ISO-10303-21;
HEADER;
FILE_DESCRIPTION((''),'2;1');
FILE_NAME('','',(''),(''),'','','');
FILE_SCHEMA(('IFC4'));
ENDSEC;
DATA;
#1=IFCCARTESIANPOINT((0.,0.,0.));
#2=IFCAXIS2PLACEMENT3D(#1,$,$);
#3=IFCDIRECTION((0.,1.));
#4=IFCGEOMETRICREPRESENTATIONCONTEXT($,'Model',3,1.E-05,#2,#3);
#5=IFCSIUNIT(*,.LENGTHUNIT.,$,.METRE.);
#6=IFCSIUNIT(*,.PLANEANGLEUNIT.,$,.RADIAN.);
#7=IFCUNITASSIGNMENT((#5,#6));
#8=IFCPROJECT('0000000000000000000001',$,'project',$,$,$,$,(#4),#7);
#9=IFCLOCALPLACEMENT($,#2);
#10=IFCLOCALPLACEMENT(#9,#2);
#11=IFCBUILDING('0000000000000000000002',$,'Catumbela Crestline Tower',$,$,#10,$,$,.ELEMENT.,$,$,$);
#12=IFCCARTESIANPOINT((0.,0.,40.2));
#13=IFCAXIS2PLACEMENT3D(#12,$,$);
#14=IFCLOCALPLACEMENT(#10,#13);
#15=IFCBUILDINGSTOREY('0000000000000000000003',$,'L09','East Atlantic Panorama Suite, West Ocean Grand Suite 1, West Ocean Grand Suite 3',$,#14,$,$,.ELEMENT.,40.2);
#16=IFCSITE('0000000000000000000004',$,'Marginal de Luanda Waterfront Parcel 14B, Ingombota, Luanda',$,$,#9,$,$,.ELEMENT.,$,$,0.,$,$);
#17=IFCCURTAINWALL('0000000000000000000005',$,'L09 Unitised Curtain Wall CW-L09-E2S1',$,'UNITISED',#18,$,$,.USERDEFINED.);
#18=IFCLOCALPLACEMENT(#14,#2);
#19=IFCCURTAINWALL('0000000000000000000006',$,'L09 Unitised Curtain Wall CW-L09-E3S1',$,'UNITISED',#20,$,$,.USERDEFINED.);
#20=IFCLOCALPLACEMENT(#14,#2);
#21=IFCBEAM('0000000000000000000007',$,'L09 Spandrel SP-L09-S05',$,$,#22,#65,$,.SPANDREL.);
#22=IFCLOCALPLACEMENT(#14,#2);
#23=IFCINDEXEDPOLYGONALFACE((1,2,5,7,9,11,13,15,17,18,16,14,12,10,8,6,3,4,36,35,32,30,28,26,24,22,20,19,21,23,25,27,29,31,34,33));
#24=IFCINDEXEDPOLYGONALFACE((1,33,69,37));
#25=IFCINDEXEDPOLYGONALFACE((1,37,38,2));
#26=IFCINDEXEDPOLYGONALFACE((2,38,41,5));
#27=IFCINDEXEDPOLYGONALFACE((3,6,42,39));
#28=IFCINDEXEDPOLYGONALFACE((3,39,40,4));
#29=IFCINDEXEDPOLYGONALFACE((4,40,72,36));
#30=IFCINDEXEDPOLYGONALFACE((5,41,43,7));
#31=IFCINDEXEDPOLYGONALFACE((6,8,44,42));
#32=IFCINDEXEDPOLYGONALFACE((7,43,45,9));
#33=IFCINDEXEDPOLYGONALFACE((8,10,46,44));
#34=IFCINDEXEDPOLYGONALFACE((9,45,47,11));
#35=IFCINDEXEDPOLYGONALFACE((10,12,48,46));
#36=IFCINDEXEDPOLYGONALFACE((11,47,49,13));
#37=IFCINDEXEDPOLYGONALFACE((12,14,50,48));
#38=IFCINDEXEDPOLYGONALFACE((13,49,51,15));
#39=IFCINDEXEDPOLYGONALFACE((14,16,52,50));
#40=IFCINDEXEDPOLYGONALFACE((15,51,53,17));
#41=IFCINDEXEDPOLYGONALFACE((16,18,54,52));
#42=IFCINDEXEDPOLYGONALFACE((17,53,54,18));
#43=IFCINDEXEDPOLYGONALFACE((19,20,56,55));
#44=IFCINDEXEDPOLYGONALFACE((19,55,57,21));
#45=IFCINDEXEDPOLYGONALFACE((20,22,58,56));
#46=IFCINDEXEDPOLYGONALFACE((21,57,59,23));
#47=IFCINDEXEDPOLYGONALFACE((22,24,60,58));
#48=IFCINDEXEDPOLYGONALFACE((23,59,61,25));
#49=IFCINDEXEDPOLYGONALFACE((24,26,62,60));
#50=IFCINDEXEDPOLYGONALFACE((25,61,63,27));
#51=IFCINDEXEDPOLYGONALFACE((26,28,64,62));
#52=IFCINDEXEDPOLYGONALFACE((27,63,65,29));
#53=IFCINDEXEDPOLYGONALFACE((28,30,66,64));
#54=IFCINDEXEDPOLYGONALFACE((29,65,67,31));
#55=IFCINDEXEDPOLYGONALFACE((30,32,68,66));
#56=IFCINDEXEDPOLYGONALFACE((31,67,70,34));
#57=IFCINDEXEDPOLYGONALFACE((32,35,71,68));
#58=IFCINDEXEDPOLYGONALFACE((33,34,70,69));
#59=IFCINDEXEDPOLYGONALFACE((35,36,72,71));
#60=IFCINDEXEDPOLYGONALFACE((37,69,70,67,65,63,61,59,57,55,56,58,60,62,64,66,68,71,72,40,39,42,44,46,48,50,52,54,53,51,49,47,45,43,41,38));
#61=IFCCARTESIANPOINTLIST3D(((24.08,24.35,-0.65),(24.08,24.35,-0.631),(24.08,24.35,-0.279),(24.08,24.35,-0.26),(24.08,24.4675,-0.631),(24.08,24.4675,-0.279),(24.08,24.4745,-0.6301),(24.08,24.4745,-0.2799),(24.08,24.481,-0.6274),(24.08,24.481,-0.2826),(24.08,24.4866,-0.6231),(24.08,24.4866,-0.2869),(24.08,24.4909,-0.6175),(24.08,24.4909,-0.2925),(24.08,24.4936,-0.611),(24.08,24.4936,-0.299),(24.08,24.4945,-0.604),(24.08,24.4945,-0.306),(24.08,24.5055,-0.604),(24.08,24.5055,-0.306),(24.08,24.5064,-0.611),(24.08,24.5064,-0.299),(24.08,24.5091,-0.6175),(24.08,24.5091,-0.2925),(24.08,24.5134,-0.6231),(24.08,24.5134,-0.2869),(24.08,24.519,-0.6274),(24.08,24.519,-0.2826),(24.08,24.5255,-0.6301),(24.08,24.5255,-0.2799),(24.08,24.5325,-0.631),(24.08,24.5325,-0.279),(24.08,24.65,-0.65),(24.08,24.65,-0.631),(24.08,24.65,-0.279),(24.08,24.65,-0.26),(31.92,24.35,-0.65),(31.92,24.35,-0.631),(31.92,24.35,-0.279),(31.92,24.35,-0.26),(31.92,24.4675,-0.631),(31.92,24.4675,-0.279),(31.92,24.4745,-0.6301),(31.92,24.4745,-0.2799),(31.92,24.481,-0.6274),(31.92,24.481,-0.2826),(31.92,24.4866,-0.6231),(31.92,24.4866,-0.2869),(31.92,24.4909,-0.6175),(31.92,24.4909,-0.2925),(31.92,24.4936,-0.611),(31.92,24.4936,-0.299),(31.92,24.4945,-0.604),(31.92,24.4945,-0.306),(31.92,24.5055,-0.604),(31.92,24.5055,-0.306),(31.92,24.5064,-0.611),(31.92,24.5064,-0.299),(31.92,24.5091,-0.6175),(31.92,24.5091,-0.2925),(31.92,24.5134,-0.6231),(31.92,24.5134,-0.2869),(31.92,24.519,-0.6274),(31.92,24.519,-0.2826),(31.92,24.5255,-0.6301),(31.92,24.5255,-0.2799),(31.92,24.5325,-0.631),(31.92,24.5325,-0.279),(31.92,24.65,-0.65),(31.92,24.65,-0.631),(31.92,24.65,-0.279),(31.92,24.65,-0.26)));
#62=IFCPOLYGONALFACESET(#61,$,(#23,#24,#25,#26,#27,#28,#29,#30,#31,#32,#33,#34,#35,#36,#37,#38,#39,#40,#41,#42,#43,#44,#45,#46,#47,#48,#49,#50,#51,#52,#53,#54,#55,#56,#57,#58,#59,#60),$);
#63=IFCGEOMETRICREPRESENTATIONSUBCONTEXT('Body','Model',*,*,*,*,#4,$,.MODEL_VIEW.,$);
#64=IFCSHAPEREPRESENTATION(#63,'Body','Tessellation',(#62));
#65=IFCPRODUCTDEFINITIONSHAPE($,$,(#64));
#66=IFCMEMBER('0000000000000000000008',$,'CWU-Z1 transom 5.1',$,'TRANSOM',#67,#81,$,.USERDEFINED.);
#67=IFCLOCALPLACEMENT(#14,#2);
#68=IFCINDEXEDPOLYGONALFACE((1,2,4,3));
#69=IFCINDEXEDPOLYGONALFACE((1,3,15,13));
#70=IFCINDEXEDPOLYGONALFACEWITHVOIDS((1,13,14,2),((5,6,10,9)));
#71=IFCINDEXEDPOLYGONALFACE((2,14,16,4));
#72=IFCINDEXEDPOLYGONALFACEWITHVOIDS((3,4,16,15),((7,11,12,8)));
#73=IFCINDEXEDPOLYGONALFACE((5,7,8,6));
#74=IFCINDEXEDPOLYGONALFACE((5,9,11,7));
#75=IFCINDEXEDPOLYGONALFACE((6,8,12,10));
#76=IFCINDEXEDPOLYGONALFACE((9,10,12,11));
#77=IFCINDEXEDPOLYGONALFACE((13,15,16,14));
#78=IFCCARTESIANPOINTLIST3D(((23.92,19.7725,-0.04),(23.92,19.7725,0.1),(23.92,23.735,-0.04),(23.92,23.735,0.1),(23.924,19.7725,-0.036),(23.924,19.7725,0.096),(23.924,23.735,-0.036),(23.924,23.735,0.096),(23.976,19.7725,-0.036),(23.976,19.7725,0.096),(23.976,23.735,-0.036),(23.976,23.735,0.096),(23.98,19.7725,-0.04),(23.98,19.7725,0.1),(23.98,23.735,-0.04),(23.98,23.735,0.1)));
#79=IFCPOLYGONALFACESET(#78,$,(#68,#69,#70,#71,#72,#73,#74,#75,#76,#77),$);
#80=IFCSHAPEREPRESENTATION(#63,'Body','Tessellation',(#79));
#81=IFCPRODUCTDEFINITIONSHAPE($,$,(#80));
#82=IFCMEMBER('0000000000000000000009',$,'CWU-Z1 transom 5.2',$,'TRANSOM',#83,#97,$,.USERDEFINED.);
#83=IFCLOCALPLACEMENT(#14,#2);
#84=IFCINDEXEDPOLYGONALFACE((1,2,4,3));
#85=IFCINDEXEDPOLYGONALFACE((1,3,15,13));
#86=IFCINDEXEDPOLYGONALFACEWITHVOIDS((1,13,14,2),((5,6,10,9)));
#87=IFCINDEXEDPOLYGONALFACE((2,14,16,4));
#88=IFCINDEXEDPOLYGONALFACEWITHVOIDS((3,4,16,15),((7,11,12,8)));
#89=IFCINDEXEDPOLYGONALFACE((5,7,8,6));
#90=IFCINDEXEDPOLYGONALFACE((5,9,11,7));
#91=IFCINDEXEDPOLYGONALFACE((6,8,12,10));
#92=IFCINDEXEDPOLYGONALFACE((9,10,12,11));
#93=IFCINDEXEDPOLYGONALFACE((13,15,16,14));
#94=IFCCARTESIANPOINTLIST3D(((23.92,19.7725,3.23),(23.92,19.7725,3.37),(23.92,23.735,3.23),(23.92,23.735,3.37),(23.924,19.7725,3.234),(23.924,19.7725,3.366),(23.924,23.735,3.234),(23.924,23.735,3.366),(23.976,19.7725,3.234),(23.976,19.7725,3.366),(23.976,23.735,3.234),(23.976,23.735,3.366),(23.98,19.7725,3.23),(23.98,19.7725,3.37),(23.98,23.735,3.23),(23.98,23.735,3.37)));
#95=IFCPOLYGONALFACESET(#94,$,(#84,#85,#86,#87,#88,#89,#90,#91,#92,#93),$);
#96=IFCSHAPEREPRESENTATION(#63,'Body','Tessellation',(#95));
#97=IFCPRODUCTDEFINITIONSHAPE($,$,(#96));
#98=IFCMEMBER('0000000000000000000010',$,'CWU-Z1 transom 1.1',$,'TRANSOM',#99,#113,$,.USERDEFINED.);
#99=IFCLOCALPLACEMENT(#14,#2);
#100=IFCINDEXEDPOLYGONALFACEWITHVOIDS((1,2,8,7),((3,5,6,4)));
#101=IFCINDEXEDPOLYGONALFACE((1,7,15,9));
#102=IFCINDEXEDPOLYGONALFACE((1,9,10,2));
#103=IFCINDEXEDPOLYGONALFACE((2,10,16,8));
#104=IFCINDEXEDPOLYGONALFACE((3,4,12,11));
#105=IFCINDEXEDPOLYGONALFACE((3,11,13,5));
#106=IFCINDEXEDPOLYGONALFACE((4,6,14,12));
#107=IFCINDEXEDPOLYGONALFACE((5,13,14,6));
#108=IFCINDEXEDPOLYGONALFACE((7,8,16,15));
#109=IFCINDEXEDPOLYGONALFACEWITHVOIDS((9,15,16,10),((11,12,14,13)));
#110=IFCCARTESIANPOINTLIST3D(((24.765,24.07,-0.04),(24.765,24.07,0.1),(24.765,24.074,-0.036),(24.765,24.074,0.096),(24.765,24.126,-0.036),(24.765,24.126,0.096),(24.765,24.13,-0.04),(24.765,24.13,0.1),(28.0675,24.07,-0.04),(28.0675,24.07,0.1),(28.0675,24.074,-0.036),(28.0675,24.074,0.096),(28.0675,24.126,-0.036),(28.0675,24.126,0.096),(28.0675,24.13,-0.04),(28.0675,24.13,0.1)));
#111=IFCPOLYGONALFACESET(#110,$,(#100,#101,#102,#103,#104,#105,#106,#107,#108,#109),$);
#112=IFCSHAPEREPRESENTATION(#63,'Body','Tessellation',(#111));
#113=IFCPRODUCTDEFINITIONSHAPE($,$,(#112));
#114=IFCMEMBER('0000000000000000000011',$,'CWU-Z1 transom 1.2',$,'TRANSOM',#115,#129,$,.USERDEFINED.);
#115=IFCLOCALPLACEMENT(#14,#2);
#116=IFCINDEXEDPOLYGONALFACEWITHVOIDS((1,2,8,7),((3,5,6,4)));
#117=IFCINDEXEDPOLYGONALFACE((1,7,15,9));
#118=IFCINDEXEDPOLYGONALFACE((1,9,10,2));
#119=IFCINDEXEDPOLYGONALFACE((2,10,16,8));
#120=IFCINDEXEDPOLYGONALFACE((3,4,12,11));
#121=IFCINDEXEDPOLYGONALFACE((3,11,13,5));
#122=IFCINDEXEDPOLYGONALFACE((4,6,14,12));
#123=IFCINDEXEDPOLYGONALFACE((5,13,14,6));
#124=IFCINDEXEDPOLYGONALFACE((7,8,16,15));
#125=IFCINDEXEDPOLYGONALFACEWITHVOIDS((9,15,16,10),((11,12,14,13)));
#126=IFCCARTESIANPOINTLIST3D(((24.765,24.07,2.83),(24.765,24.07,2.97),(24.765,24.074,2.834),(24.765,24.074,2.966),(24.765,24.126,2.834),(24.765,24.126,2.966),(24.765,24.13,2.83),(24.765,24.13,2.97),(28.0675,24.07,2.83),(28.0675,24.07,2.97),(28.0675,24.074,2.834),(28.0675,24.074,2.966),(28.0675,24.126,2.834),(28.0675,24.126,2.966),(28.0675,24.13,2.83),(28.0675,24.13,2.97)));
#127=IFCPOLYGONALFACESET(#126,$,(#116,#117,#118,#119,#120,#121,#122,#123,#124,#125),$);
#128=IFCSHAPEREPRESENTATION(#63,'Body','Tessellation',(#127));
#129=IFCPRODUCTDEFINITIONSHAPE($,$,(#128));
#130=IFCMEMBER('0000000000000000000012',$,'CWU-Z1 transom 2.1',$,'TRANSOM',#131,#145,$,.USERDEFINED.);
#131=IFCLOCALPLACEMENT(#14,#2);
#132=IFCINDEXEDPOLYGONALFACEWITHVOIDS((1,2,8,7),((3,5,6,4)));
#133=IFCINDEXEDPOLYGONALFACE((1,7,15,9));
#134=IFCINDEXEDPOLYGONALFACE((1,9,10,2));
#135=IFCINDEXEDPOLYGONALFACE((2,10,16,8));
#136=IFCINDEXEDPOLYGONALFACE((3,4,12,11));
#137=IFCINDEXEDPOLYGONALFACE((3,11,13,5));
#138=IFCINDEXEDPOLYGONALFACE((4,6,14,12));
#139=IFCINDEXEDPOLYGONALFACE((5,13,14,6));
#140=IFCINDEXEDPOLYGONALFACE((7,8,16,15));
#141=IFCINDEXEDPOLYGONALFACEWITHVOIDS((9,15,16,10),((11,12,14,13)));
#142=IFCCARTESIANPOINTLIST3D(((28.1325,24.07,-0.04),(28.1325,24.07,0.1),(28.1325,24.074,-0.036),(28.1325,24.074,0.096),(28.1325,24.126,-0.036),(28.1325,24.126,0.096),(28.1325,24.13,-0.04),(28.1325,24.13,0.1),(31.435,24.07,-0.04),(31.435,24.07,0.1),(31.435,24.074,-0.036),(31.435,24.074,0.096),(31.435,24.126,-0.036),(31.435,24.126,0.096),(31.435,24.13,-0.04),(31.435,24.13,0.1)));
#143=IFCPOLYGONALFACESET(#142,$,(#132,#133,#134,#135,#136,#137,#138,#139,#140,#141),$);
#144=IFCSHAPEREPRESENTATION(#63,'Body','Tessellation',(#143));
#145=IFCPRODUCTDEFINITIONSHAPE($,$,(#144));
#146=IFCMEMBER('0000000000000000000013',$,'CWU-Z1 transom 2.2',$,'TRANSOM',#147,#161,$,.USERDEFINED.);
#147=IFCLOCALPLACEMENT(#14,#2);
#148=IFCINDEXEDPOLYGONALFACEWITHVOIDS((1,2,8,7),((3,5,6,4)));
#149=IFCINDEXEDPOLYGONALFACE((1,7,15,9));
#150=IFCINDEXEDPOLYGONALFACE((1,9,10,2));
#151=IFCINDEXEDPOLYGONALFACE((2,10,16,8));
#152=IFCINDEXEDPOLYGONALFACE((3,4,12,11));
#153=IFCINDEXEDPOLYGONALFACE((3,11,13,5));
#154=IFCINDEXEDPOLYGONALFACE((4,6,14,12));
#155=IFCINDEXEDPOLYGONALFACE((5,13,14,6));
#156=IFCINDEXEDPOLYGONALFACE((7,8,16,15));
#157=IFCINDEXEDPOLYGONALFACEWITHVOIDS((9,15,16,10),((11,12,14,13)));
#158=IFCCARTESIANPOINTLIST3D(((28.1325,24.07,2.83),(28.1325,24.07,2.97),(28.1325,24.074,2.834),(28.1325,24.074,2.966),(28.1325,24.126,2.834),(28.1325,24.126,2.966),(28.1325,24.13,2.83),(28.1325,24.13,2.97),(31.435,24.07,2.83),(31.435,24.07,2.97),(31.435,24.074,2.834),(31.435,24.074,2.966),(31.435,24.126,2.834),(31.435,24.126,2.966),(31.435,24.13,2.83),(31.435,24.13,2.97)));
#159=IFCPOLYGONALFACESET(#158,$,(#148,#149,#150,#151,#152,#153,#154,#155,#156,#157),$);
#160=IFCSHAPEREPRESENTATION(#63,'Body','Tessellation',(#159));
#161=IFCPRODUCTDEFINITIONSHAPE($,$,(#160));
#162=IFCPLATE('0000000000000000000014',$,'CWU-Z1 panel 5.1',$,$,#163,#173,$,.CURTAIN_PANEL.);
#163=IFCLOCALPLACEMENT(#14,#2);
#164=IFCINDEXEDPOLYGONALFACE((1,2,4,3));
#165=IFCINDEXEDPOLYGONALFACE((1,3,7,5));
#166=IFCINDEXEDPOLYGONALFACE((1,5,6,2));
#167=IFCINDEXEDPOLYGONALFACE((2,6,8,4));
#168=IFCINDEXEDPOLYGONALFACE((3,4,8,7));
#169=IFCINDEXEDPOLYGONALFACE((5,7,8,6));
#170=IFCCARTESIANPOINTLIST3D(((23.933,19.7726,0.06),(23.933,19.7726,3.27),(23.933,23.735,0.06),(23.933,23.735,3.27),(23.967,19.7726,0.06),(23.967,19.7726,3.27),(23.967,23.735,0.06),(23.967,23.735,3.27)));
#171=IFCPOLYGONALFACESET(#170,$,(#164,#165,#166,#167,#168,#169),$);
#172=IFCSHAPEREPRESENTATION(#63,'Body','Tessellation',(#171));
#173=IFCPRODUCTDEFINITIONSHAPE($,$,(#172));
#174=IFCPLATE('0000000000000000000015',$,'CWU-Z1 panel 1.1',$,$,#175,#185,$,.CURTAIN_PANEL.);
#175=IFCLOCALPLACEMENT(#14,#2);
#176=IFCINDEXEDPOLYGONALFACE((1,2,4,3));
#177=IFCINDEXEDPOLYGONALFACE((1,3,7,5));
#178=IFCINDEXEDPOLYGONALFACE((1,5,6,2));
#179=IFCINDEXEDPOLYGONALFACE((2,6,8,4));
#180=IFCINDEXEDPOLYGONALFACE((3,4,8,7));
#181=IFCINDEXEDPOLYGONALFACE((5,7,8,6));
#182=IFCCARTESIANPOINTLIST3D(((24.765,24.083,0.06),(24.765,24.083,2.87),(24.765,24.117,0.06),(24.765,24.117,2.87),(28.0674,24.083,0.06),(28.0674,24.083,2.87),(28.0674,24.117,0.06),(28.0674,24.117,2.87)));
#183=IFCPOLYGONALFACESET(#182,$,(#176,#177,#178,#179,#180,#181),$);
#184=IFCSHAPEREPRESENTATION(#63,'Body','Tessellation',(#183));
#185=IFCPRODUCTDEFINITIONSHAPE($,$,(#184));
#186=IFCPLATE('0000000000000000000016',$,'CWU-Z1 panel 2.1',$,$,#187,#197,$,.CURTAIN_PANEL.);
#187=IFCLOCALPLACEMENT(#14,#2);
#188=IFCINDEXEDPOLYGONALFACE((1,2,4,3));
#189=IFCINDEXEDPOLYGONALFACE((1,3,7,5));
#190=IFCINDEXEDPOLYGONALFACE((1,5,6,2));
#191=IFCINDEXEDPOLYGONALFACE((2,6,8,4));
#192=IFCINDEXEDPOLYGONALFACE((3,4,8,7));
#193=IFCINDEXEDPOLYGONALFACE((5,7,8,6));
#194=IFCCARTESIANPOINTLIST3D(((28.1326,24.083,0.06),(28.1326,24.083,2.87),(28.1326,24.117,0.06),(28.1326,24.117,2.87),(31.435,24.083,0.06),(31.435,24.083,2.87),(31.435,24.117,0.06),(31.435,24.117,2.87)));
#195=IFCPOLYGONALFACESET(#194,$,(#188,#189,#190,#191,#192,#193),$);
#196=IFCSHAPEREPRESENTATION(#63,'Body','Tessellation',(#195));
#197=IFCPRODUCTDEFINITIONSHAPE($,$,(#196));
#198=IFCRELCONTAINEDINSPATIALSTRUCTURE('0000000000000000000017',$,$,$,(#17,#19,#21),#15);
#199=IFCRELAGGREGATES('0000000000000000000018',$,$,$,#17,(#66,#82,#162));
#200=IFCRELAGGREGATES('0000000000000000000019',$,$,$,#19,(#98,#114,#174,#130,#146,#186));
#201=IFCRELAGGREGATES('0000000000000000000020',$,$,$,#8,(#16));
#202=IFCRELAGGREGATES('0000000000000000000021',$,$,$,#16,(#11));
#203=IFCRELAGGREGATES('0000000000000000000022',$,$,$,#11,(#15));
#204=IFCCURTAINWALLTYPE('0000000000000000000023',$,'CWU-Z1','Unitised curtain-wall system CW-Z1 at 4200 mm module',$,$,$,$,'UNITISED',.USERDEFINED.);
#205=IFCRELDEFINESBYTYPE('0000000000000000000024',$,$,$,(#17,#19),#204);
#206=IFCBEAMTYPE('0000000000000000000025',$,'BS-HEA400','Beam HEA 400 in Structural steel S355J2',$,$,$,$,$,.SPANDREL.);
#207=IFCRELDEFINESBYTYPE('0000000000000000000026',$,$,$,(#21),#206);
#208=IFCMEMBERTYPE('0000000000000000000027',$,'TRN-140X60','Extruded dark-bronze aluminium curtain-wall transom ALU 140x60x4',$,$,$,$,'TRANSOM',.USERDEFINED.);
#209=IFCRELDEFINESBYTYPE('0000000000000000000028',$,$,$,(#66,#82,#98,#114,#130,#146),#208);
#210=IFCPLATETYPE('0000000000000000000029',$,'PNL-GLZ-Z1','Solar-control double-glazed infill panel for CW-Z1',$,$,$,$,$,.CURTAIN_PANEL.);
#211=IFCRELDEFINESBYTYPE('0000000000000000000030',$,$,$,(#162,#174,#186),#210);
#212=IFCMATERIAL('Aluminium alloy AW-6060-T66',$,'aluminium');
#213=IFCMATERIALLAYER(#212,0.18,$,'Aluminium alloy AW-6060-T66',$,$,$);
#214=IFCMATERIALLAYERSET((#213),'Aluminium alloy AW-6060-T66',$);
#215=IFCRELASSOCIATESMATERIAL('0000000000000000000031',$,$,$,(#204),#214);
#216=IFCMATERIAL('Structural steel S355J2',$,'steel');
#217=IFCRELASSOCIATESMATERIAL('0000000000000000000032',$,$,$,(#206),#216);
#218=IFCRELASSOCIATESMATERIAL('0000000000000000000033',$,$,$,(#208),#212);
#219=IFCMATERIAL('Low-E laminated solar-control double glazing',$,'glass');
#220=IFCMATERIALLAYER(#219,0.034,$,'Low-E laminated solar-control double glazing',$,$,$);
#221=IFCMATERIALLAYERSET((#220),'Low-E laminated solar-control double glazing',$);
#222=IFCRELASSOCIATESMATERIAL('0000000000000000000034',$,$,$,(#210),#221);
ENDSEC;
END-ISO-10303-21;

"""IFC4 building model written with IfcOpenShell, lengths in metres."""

from ifc_helpers import new_model, si_unit, direction, frame, origin, origin_2d, place, context, subcontext, project, spatial, rectangle, hollow_rectangle, i_section, extrude, material, layer, layer_set, material_profile, profile_set, type_object, element, aggregate, save


model = new_model("IFC4")

# Units and contexts
model_context = context("Model", 3, precision=1e-05, world=origin(), true_north=direction((0.0, 1.0)))
body_context = subcontext(model_context, "Body", "Model", "MODEL_VIEW")
ifc_project = project(units=[si_unit("LENGTHUNIT", "METRE"), si_unit("PLANEANGLEUNIT", "RADIAN")], contexts=[model_context])

# Site, building, storey
site_placement = place(None, origin())
site = spatial("IfcSite", under=ifc_project, at=site_placement, Name="Marginal de Luanda Waterfront Parcel 14B, Ingombota, Luanda", CompositionType="ELEMENT", RefElevation=0.0)
building_placement = place(site_placement, origin())
building = spatial("IfcBuilding", under=site, at=building_placement, Name="Catumbela Crestline Tower", CompositionType="ELEMENT")
storey_placement = place(building_placement, frame((0.0, 0.0, 40.2)))
storey = spatial("IfcBuildingStorey", under=building, at=storey_placement, Name="L09", Description="East Atlantic Panorama Suite, West Ocean Grand Suite 1, West Ocean Grand Suite 3", CompositionType="ELEMENT", Elevation=40.2)

# Shared definitions
ifc_material_1 = material(Name="Structural steel S355J2", Category="steel")

# Curtain walls
ifc_material_2 = material(Name="Aluminium alloy AW-6060-T66", Category="aluminium")
ifc_layer_1 = layer(ifc_material_2, 0.18, Name="Aluminium alloy AW-6060-T66")
ifc_layer_set_1 = layer_set([ifc_layer_1], Name="Aluminium alloy AW-6060-T66")
curtain_wall_type = type_object("IfcCurtainWallType", Name="CWU-Z1", Description="Unitised curtain-wall system CW-Z1 at 4200 mm module", ElementType="UNITISED", PredefinedType="USERDEFINED", material=ifc_layer_set_1)
curtain_wall_1_placement = place(storey_placement, origin())
curtain_wall_1 = element("IfcCurtainWall", 1, at=curtain_wall_1_placement, inside=storey, type_object=curtain_wall_type, Name="L09 Unitised Curtain Wall CW-L09-E2S1", ObjectType="UNITISED", PredefinedType="USERDEFINED")
curtain_wall_2_placement = place(storey_placement, origin())
curtain_wall_2 = element("IfcCurtainWall", 2, at=curtain_wall_2_placement, inside=storey, type_object=curtain_wall_type, Name="L09 Unitised Curtain Wall CW-L09-E3S1", ObjectType="UNITISED", PredefinedType="USERDEFINED")

# Beam
ifc_material_profile_1 = material_profile(ifc_material_1, i_section(OverallWidth=0.3, OverallDepth=0.39, WebThickness=0.011, FlangeThickness=0.019, FilletRadius=0.027, at=origin_2d()), Name="HEA 400")
ifc_profile_set_1 = profile_set([ifc_material_profile_1], Name="Structural steel S355J2")
beam_type_1 = type_object("IfcBeamType", Name="BS-HEA400", Description="Beam HEA 400 in Structural steel S355J2", PredefinedType="SPANDREL", material=ifc_profile_set_1)
beam_1_placement = place(storey_placement, frame((24.08, 24.5, -0.455), z_axis=(1.0, 0.0, 0.0), x_axis=(0.0, 1.0, 0.0)))
element("IfcBeam", 3, at=beam_1_placement, inside=storey, type_object=beam_type_1, Name="L09 Spandrel SP-L09-S05", PredefinedType="SPANDREL", context=body_context, shape_type="SweptSolid", body=[
    extrude(i_section(OverallWidth=0.3, OverallDepth=0.39, WebThickness=0.011, FlangeThickness=0.019, FilletRadius=0.027, at=origin_2d()), origin(), (0.0, 0.0, 1.0), 7.84),
])

# Members
ifc_material_profile_2 = material_profile(ifc_material_2, hollow_rectangle(XDim=0.06, YDim=0.14, WallThickness=0.004, at=origin_2d()), Name="ALU 140x60x4")
ifc_profile_set_2 = profile_set([ifc_material_profile_2], Name="Aluminium alloy AW-6060-T66")
member_type_1 = type_object("IfcMemberType", Name="TRN-140X60", Description="Extruded dark-bronze aluminium curtain-wall transom ALU 140x60x4", ElementType="TRANSOM", PredefinedType="USERDEFINED", material=ifc_profile_set_2)
member_1_placement = place(storey_placement, frame((23.95, 19.7725, 0.03), z_axis=(0.0, 1.0, 0.0), x_axis=(-1.0, 0.0, 0.0)))
member_1 = element("IfcMember", 4, at=member_1_placement, type_object=member_type_1, Name="CWU-Z1 transom 5.1", ObjectType="TRANSOM", PredefinedType="USERDEFINED", context=body_context, shape_type="SweptSolid", body=[
    extrude(hollow_rectangle(XDim=0.06, YDim=0.14, WallThickness=0.004, at=origin_2d()), origin(), (0.0, 0.0, 1.0), 3.9625),
])
member_2_placement = place(storey_placement, frame((23.95, 19.7725, 3.3), z_axis=(0.0, 1.0, 0.0), x_axis=(-1.0, 0.0, 0.0)))
member_2 = element("IfcMember", 5, at=member_2_placement, type_object=member_type_1, Name="CWU-Z1 transom 5.2", ObjectType="TRANSOM", PredefinedType="USERDEFINED", context=body_context, shape_type="SweptSolid", body=[
    extrude(hollow_rectangle(XDim=0.06, YDim=0.14, WallThickness=0.004, at=origin_2d()), origin(), (0.0, 0.0, 1.0), 3.9625),
])
member_3_placement = place(storey_placement, frame((24.765, 24.1, 0.03), z_axis=(1.0, 0.0, 0.0), x_axis=(0.0, 1.0, 0.0)))
member_3 = element("IfcMember", 6, at=member_3_placement, type_object=member_type_1, Name="CWU-Z1 transom 1.1", ObjectType="TRANSOM", PredefinedType="USERDEFINED", context=body_context, shape_type="SweptSolid", body=[
    extrude(hollow_rectangle(XDim=0.06, YDim=0.14, WallThickness=0.004, at=origin_2d()), origin(), (0.0, 0.0, 1.0), 3.3025),
])
member_4_placement = place(storey_placement, frame((24.765, 24.1, 2.9), z_axis=(1.0, 0.0, 0.0), x_axis=(0.0, 1.0, 0.0)))
member_4 = element("IfcMember", 7, at=member_4_placement, type_object=member_type_1, Name="CWU-Z1 transom 1.2", ObjectType="TRANSOM", PredefinedType="USERDEFINED", context=body_context, shape_type="SweptSolid", body=[
    extrude(hollow_rectangle(XDim=0.06, YDim=0.14, WallThickness=0.004, at=origin_2d()), origin(), (0.0, 0.0, 1.0), 3.3025),
])
member_5_placement = place(storey_placement, frame((28.1325, 24.1, 0.03), z_axis=(1.0, 0.0, 0.0), x_axis=(0.0, 1.0, 0.0)))
member_5 = element("IfcMember", 8, at=member_5_placement, type_object=member_type_1, Name="CWU-Z1 transom 2.1", ObjectType="TRANSOM", PredefinedType="USERDEFINED", context=body_context, shape_type="SweptSolid", body=[
    extrude(hollow_rectangle(XDim=0.06, YDim=0.14, WallThickness=0.004, at=origin_2d()), origin(), (0.0, 0.0, 1.0), 3.3025),
])
member_6_placement = place(storey_placement, frame((28.1325, 24.1, 2.9), z_axis=(1.0, 0.0, 0.0), x_axis=(0.0, 1.0, 0.0)))
member_6 = element("IfcMember", 9, at=member_6_placement, type_object=member_type_1, Name="CWU-Z1 transom 2.2", ObjectType="TRANSOM", PredefinedType="USERDEFINED", context=body_context, shape_type="SweptSolid", body=[
    extrude(hollow_rectangle(XDim=0.06, YDim=0.14, WallThickness=0.004, at=origin_2d()), origin(), (0.0, 0.0, 1.0), 3.3025),
])

# Plates
ifc_material_3 = material(Name="Low-E laminated solar-control double glazing", Category="glass")
ifc_layer_2 = layer(ifc_material_3, 0.034, Name="Low-E laminated solar-control double glazing")
ifc_layer_set_2 = layer_set([ifc_layer_2], Name="Low-E laminated solar-control double glazing")
plate_type = type_object("IfcPlateType", Name="PNL-GLZ-Z1", Description="Solar-control double-glazed infill panel for CW-Z1", PredefinedType="CURTAIN_PANEL", material=ifc_layer_set_2)
plate_1_placement = place(storey_placement, frame((23.95, 21.7538, 0.06), z_axis=(0.0, 0.0, 1.0), x_axis=(0.0, 1.0, 0.0)))
plate_1 = element("IfcPlate", 10, at=plate_1_placement, type_object=plate_type, Name="CWU-Z1 panel 5.1", PredefinedType="CURTAIN_PANEL", context=body_context, shape_type="SweptSolid", body=[
    extrude(rectangle(XDim=3.9625, YDim=0.034, at=origin_2d()), origin(), (0.0, 0.0, 1.0), 3.21),
])
aggregate(curtain_wall_1, [member_1, member_2, plate_1])
plate_2_placement = place(storey_placement, frame((26.4162, 24.1, 0.06), z_axis=(0.0, 0.0, 1.0), x_axis=(1.0, 0.0, 0.0)))
plate_2 = element("IfcPlate", 11, at=plate_2_placement, type_object=plate_type, Name="CWU-Z1 panel 1.1", PredefinedType="CURTAIN_PANEL", context=body_context, shape_type="SweptSolid", body=[
    extrude(rectangle(XDim=3.3025, YDim=0.034, at=origin_2d()), origin(), (0.0, 0.0, 1.0), 2.81),
])
plate_3_placement = place(storey_placement, frame((29.7838, 24.1, 0.06), z_axis=(0.0, 0.0, 1.0), x_axis=(1.0, 0.0, 0.0)))
plate_3 = element("IfcPlate", 12, at=plate_3_placement, type_object=plate_type, Name="CWU-Z1 panel 2.1", PredefinedType="CURTAIN_PANEL", context=body_context, shape_type="SweptSolid", body=[
    extrude(rectangle(XDim=3.3025, YDim=0.034, at=origin_2d()), origin(), (0.0, 0.0, 1.0), 2.81),
])
aggregate(curtain_wall_2, [member_3, member_4, plate_2, member_5, member_6, plate_3])

save(model, "model.ifc")
